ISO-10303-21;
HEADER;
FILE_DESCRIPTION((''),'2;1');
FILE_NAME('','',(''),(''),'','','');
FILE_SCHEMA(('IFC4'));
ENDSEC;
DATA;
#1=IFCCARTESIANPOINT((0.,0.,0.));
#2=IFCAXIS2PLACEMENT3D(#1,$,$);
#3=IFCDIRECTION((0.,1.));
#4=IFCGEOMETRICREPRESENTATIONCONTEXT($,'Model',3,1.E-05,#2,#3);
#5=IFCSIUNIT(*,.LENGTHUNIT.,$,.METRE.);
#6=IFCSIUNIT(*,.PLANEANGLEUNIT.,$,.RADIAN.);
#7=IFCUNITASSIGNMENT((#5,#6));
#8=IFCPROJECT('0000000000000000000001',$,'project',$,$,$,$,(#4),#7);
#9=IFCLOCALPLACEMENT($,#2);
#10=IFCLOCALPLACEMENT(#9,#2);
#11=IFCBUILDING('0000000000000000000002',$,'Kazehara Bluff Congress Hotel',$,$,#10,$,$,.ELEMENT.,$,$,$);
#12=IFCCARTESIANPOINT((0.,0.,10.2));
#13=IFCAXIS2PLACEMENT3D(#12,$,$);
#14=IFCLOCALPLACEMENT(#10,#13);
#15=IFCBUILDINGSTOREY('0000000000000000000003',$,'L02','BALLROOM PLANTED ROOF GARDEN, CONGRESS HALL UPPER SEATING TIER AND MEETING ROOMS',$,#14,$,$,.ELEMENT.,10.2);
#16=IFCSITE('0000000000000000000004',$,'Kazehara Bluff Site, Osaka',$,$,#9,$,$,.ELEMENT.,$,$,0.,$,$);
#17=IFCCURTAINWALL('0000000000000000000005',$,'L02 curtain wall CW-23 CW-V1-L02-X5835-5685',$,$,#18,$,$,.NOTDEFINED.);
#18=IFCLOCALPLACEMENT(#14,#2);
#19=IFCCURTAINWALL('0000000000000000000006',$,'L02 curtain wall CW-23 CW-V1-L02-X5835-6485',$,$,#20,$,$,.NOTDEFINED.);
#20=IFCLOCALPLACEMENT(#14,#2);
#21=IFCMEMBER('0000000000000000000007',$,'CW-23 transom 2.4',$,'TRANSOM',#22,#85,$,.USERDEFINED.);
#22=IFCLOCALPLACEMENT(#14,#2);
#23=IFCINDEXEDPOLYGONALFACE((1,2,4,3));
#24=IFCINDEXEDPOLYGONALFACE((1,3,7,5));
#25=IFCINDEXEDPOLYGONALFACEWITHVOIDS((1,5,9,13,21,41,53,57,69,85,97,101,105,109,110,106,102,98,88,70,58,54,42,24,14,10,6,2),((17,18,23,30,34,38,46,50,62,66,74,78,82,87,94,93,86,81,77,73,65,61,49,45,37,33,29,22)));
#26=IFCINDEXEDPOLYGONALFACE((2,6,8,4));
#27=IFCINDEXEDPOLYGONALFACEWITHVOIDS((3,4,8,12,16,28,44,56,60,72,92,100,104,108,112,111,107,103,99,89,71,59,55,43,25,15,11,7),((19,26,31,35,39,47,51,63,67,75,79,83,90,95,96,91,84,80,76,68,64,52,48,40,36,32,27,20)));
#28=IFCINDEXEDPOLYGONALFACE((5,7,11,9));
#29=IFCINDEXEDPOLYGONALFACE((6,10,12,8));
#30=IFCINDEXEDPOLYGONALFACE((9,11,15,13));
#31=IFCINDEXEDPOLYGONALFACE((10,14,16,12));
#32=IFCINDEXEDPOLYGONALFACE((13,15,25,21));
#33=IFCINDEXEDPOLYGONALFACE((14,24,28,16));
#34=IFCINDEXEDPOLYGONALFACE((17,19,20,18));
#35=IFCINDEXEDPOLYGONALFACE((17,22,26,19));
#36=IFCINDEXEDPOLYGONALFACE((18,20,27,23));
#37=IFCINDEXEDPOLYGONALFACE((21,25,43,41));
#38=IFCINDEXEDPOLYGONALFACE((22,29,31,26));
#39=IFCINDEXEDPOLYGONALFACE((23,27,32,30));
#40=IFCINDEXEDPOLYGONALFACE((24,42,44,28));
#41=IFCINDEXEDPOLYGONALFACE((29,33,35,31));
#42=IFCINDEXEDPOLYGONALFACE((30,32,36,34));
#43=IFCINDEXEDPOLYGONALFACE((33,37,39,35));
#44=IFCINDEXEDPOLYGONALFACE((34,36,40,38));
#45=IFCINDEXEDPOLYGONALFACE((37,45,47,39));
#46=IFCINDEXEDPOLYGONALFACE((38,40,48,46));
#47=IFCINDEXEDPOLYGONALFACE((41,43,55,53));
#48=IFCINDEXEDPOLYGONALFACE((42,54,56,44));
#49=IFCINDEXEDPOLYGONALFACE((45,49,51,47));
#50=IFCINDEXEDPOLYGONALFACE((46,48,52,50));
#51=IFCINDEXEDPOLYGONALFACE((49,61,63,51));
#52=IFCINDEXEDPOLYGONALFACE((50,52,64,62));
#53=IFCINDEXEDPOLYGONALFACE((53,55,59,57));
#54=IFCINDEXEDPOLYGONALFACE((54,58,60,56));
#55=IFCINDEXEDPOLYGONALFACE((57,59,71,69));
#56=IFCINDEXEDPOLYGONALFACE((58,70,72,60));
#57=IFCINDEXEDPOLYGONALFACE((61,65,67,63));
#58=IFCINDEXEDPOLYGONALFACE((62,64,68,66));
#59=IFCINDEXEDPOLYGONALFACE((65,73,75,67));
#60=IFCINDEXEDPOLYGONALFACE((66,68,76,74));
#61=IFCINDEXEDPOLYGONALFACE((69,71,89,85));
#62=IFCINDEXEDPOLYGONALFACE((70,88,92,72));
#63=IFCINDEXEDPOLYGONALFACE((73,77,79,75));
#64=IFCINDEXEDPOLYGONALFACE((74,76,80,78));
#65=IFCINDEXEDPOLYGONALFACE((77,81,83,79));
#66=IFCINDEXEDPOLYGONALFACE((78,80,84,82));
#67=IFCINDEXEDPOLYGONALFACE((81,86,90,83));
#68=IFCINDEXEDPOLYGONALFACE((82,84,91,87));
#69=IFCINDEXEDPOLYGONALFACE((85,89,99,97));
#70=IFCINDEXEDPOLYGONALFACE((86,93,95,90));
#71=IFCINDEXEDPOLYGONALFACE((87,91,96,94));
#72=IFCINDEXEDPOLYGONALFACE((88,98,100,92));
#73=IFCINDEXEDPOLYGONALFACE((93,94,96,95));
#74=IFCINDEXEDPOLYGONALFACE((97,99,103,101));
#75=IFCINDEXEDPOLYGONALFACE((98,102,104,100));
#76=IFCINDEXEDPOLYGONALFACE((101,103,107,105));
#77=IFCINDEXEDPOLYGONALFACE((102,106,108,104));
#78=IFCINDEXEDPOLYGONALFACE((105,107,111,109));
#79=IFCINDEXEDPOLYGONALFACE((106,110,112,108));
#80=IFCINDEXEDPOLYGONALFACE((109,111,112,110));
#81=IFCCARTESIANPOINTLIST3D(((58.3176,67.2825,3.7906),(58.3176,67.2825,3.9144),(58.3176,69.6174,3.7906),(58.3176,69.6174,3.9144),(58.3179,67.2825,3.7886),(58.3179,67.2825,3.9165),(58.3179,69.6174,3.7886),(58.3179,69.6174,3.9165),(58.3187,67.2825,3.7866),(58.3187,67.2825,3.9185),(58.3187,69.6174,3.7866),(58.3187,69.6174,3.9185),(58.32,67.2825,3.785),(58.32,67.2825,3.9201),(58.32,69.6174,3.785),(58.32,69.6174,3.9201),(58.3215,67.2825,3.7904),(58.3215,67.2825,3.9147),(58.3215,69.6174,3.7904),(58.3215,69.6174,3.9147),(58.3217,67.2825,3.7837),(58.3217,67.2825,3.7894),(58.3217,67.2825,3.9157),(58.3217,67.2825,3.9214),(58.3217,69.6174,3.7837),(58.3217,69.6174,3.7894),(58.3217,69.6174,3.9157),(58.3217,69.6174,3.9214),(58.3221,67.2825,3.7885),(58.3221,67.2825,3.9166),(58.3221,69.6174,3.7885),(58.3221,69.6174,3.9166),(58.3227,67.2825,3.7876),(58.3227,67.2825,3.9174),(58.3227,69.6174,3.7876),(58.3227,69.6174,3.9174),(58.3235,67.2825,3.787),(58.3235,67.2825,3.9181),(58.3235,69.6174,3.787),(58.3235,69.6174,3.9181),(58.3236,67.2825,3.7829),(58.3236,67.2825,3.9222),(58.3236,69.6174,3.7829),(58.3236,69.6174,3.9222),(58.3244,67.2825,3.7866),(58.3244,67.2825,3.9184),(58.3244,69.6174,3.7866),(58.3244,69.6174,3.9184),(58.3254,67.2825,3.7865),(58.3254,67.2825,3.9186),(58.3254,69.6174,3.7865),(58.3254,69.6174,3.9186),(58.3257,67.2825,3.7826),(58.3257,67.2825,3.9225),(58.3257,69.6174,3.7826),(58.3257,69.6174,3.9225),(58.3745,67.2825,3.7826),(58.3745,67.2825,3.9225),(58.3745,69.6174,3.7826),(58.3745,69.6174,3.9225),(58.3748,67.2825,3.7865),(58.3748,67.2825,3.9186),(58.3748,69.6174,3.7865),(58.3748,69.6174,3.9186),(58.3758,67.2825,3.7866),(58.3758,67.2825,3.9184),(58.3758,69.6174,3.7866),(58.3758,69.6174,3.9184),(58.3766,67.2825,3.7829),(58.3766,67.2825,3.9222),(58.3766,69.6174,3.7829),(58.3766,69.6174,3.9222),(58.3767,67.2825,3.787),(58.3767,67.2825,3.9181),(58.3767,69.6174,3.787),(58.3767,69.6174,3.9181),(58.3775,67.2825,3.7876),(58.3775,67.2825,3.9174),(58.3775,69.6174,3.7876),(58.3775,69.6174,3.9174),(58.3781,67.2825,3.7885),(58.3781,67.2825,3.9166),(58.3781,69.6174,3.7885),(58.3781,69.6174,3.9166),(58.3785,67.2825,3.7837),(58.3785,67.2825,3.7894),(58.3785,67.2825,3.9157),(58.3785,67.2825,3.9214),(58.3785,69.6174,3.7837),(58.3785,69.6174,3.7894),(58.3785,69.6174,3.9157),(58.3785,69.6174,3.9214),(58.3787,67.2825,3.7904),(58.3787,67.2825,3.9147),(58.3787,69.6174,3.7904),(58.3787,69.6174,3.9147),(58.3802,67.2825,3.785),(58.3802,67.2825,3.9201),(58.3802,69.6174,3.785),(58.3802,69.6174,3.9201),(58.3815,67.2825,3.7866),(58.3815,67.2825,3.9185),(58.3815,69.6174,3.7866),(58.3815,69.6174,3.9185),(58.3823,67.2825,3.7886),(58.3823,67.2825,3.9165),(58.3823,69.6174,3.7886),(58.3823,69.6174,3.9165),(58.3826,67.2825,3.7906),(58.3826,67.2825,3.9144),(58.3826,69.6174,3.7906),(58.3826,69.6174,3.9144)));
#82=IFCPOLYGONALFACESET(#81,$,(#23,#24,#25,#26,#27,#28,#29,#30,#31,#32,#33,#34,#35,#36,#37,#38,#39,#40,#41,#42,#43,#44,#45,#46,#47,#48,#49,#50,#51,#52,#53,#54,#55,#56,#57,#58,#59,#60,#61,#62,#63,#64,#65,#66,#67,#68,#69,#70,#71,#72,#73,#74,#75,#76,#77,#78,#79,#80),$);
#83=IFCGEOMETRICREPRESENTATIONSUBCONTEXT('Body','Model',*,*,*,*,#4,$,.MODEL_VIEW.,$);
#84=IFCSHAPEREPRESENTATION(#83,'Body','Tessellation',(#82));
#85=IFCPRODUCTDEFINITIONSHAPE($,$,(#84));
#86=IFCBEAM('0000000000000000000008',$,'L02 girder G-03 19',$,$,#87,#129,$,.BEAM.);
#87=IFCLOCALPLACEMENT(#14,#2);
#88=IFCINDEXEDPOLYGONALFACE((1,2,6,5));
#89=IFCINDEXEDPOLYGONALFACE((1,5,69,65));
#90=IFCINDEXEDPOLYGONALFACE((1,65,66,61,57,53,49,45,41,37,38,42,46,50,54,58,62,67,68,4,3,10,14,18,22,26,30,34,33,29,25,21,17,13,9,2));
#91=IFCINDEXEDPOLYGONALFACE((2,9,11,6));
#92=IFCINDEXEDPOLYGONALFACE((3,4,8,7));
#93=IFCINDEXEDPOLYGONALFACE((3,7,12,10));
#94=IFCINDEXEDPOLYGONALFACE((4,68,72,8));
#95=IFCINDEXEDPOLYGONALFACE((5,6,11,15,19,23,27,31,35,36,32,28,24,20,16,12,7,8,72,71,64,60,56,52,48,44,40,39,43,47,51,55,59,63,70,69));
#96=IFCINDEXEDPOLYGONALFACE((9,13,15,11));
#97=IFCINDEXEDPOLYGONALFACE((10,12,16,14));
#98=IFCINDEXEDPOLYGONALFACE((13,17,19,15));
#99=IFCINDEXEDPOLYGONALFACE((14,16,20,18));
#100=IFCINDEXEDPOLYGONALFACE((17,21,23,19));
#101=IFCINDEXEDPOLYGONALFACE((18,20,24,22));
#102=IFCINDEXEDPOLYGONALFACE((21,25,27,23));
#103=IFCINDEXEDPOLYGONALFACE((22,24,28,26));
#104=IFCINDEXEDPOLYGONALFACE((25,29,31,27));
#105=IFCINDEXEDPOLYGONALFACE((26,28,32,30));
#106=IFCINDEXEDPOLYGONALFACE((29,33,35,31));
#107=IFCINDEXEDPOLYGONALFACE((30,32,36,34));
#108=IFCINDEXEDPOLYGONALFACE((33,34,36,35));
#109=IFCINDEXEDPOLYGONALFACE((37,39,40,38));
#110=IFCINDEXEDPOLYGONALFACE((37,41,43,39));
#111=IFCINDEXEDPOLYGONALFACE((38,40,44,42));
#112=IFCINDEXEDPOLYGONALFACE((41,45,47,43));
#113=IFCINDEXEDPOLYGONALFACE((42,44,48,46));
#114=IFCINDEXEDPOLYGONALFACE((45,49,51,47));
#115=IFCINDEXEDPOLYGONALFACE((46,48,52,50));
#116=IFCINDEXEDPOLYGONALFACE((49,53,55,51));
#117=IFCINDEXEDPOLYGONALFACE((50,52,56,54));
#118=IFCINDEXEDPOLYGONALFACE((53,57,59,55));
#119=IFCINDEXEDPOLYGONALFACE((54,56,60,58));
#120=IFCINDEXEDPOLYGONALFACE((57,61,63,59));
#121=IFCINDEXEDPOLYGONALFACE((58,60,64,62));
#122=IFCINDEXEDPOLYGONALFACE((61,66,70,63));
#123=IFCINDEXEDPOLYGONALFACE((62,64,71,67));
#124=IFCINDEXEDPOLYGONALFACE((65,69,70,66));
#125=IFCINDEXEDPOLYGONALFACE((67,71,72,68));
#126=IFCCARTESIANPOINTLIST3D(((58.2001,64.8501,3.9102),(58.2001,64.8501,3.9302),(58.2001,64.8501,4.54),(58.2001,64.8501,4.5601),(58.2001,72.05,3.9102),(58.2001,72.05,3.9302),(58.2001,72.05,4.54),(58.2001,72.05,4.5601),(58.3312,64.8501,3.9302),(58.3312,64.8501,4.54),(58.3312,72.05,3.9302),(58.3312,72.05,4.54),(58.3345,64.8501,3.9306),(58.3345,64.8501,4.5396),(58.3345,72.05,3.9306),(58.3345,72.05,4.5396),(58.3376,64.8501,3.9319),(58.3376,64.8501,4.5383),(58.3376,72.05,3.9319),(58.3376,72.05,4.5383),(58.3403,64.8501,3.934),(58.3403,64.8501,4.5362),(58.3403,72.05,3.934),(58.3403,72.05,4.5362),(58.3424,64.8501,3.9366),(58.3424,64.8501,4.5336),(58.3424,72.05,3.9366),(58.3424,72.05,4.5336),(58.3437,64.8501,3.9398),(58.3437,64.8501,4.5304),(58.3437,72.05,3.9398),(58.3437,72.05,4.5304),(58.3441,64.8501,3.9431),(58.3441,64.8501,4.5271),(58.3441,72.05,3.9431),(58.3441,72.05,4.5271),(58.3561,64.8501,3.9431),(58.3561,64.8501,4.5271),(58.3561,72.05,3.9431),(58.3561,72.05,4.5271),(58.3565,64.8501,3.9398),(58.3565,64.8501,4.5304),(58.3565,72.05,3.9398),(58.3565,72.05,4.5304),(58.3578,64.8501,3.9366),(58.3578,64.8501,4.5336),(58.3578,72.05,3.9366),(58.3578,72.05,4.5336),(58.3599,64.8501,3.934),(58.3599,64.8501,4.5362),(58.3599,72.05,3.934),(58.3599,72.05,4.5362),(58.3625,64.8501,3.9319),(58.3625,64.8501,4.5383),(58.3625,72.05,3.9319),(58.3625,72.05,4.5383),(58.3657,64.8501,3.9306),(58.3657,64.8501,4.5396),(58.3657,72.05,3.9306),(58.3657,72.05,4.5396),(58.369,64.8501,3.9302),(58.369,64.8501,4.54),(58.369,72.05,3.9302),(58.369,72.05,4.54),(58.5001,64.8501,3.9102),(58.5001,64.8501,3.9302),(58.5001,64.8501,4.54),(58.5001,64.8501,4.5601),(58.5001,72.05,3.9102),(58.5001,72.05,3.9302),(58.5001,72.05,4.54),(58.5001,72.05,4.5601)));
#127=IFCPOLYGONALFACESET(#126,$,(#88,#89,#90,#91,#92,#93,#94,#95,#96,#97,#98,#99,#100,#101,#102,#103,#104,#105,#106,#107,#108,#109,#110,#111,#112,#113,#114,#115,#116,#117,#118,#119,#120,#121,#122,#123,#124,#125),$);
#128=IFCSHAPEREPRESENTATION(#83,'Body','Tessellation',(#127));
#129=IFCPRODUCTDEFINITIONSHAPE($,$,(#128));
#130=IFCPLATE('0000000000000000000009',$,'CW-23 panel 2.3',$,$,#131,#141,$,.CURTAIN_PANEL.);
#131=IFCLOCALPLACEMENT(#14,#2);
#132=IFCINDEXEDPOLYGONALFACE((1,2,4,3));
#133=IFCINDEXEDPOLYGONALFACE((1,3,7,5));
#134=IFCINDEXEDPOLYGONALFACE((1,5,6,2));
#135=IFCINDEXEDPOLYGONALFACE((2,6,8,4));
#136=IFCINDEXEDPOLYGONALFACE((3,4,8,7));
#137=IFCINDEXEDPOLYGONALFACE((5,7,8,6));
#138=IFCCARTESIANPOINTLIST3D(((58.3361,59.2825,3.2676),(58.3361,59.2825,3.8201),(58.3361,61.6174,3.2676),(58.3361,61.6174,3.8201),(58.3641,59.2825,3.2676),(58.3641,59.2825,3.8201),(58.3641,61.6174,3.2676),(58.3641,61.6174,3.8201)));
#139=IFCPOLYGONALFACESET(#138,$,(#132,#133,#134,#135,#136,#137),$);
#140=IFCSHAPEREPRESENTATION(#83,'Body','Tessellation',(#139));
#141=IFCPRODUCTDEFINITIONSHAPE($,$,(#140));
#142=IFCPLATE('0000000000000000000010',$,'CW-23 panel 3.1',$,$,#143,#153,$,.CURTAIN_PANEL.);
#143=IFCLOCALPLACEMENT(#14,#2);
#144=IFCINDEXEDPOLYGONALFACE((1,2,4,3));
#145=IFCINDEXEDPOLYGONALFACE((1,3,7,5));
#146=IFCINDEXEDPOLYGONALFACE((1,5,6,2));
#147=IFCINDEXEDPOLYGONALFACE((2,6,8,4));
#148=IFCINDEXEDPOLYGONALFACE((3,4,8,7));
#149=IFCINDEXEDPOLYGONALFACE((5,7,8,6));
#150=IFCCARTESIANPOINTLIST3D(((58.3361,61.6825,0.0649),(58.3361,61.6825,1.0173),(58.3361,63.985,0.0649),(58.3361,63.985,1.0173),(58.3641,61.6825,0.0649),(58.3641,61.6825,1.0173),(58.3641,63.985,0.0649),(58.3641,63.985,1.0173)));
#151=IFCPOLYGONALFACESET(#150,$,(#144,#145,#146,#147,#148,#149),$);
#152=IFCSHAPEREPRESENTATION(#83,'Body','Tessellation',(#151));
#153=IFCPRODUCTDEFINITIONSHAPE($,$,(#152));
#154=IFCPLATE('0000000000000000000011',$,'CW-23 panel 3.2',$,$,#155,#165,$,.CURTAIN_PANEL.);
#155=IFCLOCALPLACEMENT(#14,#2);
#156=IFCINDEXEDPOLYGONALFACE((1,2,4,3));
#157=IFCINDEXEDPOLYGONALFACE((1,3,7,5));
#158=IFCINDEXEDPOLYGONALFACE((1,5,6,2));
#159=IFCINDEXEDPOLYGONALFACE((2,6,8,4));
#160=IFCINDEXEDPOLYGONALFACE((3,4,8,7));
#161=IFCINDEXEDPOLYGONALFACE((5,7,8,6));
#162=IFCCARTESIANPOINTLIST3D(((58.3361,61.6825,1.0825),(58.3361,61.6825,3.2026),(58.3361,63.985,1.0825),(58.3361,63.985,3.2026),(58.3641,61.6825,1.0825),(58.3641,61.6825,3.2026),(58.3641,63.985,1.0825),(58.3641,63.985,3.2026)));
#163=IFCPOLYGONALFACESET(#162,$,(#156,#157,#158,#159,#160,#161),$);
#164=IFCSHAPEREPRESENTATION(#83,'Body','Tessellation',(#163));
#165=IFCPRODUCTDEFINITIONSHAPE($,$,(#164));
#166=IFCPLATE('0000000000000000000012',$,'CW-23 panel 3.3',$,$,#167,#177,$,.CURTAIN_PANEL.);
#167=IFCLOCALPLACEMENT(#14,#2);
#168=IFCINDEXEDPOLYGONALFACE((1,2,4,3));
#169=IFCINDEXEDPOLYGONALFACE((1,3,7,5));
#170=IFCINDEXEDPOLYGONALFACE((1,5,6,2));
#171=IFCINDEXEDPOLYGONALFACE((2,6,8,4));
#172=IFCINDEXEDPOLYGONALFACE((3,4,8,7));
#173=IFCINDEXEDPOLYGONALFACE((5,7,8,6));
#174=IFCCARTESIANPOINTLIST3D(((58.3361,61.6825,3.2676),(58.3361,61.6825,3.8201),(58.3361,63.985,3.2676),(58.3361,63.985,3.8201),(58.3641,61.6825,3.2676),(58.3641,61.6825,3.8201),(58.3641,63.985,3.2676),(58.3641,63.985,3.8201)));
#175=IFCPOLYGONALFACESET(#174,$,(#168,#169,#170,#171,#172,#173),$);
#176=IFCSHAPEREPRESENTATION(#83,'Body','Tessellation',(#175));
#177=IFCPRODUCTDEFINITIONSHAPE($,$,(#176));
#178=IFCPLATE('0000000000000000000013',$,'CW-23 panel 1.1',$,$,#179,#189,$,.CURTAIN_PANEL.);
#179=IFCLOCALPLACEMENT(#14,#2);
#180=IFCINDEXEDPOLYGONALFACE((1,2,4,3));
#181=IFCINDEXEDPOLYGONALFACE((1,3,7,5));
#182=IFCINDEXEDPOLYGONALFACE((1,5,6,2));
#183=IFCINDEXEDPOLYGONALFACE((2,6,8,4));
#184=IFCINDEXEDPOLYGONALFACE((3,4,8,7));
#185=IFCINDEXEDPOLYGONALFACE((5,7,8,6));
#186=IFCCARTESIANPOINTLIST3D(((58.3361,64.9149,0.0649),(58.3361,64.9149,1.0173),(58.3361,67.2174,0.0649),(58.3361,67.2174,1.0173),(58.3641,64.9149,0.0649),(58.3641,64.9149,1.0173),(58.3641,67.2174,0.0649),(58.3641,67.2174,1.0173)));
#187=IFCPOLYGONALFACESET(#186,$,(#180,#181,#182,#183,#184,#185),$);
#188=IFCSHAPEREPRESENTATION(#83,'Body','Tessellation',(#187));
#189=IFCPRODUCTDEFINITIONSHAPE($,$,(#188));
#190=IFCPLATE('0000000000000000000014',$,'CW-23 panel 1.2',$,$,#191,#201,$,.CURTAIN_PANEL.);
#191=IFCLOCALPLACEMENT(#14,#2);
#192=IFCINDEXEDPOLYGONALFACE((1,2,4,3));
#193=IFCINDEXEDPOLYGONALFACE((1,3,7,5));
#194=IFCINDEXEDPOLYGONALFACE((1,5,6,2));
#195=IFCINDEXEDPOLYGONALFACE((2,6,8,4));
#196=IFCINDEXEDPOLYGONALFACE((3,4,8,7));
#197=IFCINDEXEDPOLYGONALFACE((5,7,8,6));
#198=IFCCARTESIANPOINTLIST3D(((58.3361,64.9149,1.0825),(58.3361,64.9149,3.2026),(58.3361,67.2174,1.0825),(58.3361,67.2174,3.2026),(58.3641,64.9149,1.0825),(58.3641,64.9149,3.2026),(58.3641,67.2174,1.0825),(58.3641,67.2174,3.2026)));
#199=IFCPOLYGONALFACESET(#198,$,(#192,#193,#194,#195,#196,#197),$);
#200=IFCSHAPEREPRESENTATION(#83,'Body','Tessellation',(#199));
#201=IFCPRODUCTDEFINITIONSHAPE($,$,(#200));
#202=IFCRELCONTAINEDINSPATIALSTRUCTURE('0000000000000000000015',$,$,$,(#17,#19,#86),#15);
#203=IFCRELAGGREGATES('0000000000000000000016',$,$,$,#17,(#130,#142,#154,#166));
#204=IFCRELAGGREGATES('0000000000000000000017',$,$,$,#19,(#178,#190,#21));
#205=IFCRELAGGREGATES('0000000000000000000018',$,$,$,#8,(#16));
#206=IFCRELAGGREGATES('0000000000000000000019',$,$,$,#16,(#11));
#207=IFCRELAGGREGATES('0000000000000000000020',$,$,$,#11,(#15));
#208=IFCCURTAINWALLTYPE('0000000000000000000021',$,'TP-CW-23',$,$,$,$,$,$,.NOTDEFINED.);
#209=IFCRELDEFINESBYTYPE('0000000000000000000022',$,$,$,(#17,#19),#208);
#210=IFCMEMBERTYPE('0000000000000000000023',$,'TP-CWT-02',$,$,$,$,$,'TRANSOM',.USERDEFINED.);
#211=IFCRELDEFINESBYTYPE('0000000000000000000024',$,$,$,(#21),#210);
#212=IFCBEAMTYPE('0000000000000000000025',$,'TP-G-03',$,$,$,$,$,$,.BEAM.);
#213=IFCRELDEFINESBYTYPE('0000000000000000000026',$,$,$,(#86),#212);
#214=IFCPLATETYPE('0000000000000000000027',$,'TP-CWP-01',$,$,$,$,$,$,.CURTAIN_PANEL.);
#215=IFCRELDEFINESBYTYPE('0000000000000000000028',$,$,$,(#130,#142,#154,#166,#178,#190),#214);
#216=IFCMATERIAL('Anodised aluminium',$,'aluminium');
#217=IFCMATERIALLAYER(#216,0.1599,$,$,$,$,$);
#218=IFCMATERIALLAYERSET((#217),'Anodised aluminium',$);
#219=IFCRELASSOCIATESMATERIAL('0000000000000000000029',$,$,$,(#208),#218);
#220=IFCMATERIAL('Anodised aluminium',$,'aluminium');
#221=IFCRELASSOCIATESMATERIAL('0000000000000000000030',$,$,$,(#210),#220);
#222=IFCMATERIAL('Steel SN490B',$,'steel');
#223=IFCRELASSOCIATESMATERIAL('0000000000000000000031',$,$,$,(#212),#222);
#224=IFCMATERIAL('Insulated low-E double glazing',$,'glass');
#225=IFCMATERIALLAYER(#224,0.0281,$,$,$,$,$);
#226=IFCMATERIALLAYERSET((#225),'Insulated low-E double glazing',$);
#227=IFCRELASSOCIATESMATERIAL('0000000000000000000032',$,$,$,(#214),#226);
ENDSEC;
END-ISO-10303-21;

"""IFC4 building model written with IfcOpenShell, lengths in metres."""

from ifc_helpers import new_model, si_unit, direction, frame, origin, origin_2d, place, context, subcontext, project, spatial, rectangle, hollow_rectangle, i_section, extrude, material, layer, layer_set, material_profile, profile_set, type_object, element, aggregate, save


model = new_model("IFC4")

# Units and contexts
model_context = context("Model", 3, precision=1e-05, world=origin(), true_north=direction((0.0, 1.0)))
body_context = subcontext(model_context, "Body", "Model", "MODEL_VIEW")
ifc_project = project(units=[si_unit("LENGTHUNIT", "METRE"), si_unit("PLANEANGLEUNIT", "RADIAN")], contexts=[model_context])

# Site, building, storey
site_placement = place(None, origin())
site = spatial("IfcSite", under=ifc_project, at=site_placement, Name="Kazehara Bluff Site, Osaka", CompositionType="ELEMENT", RefElevation=0.0)
building_placement = place(site_placement, origin())
building = spatial("IfcBuilding", under=site, at=building_placement, Name="Kazehara Bluff Congress Hotel", CompositionType="ELEMENT")
storey_placement = place(building_placement, frame((0.0, 0.0, 10.2)))
storey = spatial("IfcBuildingStorey", under=building, at=storey_placement, Name="L02", Description="BALLROOM PLANTED ROOF GARDEN, CONGRESS HALL UPPER SEATING TIER AND MEETING ROOMS", CompositionType="ELEMENT", Elevation=10.2)

# Curtain walls
ifc_material_1 = material(Name="Anodised aluminium", Category="aluminium")
ifc_layer_1 = layer(ifc_material_1, 0.1599)
ifc_layer_set_1 = layer_set([ifc_layer_1], Name="Anodised aluminium")
curtain_wall_type = type_object("IfcCurtainWallType", Name="TP-CW-23", PredefinedType="NOTDEFINED", material=ifc_layer_set_1)
curtain_wall_1_placement = place(storey_placement, origin())
curtain_wall_1 = element("IfcCurtainWall", 1, at=curtain_wall_1_placement, inside=storey, type_object=curtain_wall_type, Name="L02 curtain wall CW-23 CW-V1-L02-X5835-5685", PredefinedType="NOTDEFINED")
curtain_wall_2_placement = place(storey_placement, origin())
curtain_wall_2 = element("IfcCurtainWall", 2, at=curtain_wall_2_placement, inside=storey, type_object=curtain_wall_type, Name="L02 curtain wall CW-23 CW-V1-L02-X5835-6485", PredefinedType="NOTDEFINED")

# Member
ifc_material_2 = material(Name="Anodised aluminium", Category="aluminium")
ifc_material_profile_1 = material_profile(ifc_material_2, hollow_rectangle(XDim=0.0649, YDim=0.1399, WallThickness=0.0039, InnerFilletRadius=0.0039, OuterFilletRadius=0.0081, at=origin_2d()))
ifc_profile_set_1 = profile_set([ifc_material_profile_1], Name="Anodised aluminium")
member_type_1 = type_object("IfcMemberType", Name="TP-CWT-02", ElementType="TRANSOM", PredefinedType="USERDEFINED", material=ifc_profile_set_1)
member_1_placement = place(storey_placement, frame((58.3501, 67.2825, 3.8525), z_axis=(0.0, 1.0, 0.0), x_axis=(-1.0, 0.0, 0.0)))
member_1 = element("IfcMember", 3, at=member_1_placement, type_object=member_type_1, Name="CW-23 transom 2.4", ObjectType="TRANSOM", PredefinedType="USERDEFINED", context=body_context, shape_type="SweptSolid", body=[
    extrude(hollow_rectangle(XDim=0.0649, YDim=0.1399, WallThickness=0.0039, InnerFilletRadius=0.0039, OuterFilletRadius=0.0081, at=origin_2d()), origin(), (0.0, 0.0, 1.0), 2.335),
])

# Beam
ifc_material_3 = material(Name="Steel SN490B", Category="steel")
ifc_material_profile_2 = material_profile(ifc_material_3, i_section(OverallWidth=0.3, OverallDepth=0.6499, WebThickness=0.012, FlangeThickness=0.02, FilletRadius=0.0129, at=origin_2d()))
ifc_profile_set_2 = profile_set([ifc_material_profile_2], Name="Steel SN490B")
beam_type = type_object("IfcBeamType", Name="TP-G-03", PredefinedType="BEAM", material=ifc_profile_set_2)
beam_placement = place(storey_placement, frame((58.3501, 64.8501, 4.2351), z_axis=(0.0, 1.0, 0.0), x_axis=(-1.0, 0.0, 0.0)))
element("IfcBeam", 4, at=beam_placement, inside=storey, type_object=beam_type, Name="L02 girder G-03 19", PredefinedType="BEAM", context=body_context, shape_type="SweptSolid", body=[
    extrude(i_section(OverallWidth=0.3, OverallDepth=0.6499, WebThickness=0.012, FlangeThickness=0.02, FilletRadius=0.0129, at=origin_2d()), origin(), (0.0, 0.0, 1.0), 7.2),
])

# Plates
ifc_material_4 = material(Name="Insulated low-E double glazing", Category="glass")
ifc_layer_2 = layer(ifc_material_4, 0.0281)
ifc_layer_set_2 = layer_set([ifc_layer_2], Name="Insulated low-E double glazing")
plate_type = type_object("IfcPlateType", Name="TP-CWP-01", PredefinedType="CURTAIN_PANEL", material=ifc_layer_set_2)
plate_1_placement = place(storey_placement, frame((58.3501, 60.45, 3.2676), z_axis=(0.0, 0.0, 1.0), x_axis=(0.0, 1.0, 0.0)))
plate_1 = element("IfcPlate", 5, at=plate_1_placement, type_object=plate_type, Name="CW-23 panel 2.3", PredefinedType="CURTAIN_PANEL", context=body_context, shape_type="SweptSolid", body=[
    extrude(rectangle(XDim=2.335, YDim=0.0281, at=origin_2d()), origin(), (0.0, 0.0, 1.0), 0.5525),
])
plate_2_placement = place(storey_placement, frame((58.3501, 62.8337, 0.0649), z_axis=(0.0, 0.0, 1.0), x_axis=(0.0, 1.0, 0.0)))
plate_2 = element("IfcPlate", 6, at=plate_2_placement, type_object=plate_type, Name="CW-23 panel 3.1", PredefinedType="CURTAIN_PANEL", context=body_context, shape_type="SweptSolid", body=[
    extrude(rectangle(XDim=2.3025, YDim=0.0281, at=origin_2d()), origin(), (0.0, 0.0, 1.0), 0.9524),
])
plate_3_placement = place(storey_placement, frame((58.3501, 62.8337, 1.0825), z_axis=(0.0, 0.0, 1.0), x_axis=(0.0, 1.0, 0.0)))
plate_3 = element("IfcPlate", 7, at=plate_3_placement, type_object=plate_type, Name="CW-23 panel 3.2", PredefinedType="CURTAIN_PANEL", context=body_context, shape_type="SweptSolid", body=[
    extrude(rectangle(XDim=2.3025, YDim=0.0281, at=origin_2d()), origin(), (0.0, 0.0, 1.0), 2.1201),
])
plate_4_placement = place(storey_placement, frame((58.3501, 62.8337, 3.2676), z_axis=(0.0, 0.0, 1.0), x_axis=(0.0, 1.0, 0.0)))
plate_4 = element("IfcPlate", 8, at=plate_4_placement, type_object=plate_type, Name="CW-23 panel 3.3", PredefinedType="CURTAIN_PANEL", context=body_context, shape_type="SweptSolid", body=[
    extrude(rectangle(XDim=2.3025, YDim=0.0281, at=origin_2d()), origin(), (0.0, 0.0, 1.0), 0.5525),
])
aggregate(curtain_wall_1, [plate_1, plate_2, plate_3, plate_4])
plate_5_placement = place(storey_placement, frame((58.3501, 66.0662, 0.0649), z_axis=(0.0, 0.0, 1.0), x_axis=(0.0, 1.0, 0.0)))
plate_5 = element("IfcPlate", 9, at=plate_5_placement, type_object=plate_type, Name="CW-23 panel 1.1", PredefinedType="CURTAIN_PANEL", context=body_context, shape_type="SweptSolid", body=[
    extrude(rectangle(XDim=2.3025, YDim=0.0281, at=origin_2d()), origin(), (0.0, 0.0, 1.0), 0.9524),
])
plate_6_placement = place(storey_placement, frame((58.3501, 66.0662, 1.0825), z_axis=(0.0, 0.0, 1.0), x_axis=(0.0, 1.0, 0.0)))
plate_6 = element("IfcPlate", 10, at=plate_6_placement, type_object=plate_type, Name="CW-23 panel 1.2", PredefinedType="CURTAIN_PANEL", context=body_context, shape_type="SweptSolid", body=[
    extrude(rectangle(XDim=2.3025, YDim=0.0281, at=origin_2d()), origin(), (0.0, 0.0, 1.0), 2.1201),
])
aggregate(curtain_wall_2, [plate_5, plate_6, member_1])

save(model, "model.ifc")
